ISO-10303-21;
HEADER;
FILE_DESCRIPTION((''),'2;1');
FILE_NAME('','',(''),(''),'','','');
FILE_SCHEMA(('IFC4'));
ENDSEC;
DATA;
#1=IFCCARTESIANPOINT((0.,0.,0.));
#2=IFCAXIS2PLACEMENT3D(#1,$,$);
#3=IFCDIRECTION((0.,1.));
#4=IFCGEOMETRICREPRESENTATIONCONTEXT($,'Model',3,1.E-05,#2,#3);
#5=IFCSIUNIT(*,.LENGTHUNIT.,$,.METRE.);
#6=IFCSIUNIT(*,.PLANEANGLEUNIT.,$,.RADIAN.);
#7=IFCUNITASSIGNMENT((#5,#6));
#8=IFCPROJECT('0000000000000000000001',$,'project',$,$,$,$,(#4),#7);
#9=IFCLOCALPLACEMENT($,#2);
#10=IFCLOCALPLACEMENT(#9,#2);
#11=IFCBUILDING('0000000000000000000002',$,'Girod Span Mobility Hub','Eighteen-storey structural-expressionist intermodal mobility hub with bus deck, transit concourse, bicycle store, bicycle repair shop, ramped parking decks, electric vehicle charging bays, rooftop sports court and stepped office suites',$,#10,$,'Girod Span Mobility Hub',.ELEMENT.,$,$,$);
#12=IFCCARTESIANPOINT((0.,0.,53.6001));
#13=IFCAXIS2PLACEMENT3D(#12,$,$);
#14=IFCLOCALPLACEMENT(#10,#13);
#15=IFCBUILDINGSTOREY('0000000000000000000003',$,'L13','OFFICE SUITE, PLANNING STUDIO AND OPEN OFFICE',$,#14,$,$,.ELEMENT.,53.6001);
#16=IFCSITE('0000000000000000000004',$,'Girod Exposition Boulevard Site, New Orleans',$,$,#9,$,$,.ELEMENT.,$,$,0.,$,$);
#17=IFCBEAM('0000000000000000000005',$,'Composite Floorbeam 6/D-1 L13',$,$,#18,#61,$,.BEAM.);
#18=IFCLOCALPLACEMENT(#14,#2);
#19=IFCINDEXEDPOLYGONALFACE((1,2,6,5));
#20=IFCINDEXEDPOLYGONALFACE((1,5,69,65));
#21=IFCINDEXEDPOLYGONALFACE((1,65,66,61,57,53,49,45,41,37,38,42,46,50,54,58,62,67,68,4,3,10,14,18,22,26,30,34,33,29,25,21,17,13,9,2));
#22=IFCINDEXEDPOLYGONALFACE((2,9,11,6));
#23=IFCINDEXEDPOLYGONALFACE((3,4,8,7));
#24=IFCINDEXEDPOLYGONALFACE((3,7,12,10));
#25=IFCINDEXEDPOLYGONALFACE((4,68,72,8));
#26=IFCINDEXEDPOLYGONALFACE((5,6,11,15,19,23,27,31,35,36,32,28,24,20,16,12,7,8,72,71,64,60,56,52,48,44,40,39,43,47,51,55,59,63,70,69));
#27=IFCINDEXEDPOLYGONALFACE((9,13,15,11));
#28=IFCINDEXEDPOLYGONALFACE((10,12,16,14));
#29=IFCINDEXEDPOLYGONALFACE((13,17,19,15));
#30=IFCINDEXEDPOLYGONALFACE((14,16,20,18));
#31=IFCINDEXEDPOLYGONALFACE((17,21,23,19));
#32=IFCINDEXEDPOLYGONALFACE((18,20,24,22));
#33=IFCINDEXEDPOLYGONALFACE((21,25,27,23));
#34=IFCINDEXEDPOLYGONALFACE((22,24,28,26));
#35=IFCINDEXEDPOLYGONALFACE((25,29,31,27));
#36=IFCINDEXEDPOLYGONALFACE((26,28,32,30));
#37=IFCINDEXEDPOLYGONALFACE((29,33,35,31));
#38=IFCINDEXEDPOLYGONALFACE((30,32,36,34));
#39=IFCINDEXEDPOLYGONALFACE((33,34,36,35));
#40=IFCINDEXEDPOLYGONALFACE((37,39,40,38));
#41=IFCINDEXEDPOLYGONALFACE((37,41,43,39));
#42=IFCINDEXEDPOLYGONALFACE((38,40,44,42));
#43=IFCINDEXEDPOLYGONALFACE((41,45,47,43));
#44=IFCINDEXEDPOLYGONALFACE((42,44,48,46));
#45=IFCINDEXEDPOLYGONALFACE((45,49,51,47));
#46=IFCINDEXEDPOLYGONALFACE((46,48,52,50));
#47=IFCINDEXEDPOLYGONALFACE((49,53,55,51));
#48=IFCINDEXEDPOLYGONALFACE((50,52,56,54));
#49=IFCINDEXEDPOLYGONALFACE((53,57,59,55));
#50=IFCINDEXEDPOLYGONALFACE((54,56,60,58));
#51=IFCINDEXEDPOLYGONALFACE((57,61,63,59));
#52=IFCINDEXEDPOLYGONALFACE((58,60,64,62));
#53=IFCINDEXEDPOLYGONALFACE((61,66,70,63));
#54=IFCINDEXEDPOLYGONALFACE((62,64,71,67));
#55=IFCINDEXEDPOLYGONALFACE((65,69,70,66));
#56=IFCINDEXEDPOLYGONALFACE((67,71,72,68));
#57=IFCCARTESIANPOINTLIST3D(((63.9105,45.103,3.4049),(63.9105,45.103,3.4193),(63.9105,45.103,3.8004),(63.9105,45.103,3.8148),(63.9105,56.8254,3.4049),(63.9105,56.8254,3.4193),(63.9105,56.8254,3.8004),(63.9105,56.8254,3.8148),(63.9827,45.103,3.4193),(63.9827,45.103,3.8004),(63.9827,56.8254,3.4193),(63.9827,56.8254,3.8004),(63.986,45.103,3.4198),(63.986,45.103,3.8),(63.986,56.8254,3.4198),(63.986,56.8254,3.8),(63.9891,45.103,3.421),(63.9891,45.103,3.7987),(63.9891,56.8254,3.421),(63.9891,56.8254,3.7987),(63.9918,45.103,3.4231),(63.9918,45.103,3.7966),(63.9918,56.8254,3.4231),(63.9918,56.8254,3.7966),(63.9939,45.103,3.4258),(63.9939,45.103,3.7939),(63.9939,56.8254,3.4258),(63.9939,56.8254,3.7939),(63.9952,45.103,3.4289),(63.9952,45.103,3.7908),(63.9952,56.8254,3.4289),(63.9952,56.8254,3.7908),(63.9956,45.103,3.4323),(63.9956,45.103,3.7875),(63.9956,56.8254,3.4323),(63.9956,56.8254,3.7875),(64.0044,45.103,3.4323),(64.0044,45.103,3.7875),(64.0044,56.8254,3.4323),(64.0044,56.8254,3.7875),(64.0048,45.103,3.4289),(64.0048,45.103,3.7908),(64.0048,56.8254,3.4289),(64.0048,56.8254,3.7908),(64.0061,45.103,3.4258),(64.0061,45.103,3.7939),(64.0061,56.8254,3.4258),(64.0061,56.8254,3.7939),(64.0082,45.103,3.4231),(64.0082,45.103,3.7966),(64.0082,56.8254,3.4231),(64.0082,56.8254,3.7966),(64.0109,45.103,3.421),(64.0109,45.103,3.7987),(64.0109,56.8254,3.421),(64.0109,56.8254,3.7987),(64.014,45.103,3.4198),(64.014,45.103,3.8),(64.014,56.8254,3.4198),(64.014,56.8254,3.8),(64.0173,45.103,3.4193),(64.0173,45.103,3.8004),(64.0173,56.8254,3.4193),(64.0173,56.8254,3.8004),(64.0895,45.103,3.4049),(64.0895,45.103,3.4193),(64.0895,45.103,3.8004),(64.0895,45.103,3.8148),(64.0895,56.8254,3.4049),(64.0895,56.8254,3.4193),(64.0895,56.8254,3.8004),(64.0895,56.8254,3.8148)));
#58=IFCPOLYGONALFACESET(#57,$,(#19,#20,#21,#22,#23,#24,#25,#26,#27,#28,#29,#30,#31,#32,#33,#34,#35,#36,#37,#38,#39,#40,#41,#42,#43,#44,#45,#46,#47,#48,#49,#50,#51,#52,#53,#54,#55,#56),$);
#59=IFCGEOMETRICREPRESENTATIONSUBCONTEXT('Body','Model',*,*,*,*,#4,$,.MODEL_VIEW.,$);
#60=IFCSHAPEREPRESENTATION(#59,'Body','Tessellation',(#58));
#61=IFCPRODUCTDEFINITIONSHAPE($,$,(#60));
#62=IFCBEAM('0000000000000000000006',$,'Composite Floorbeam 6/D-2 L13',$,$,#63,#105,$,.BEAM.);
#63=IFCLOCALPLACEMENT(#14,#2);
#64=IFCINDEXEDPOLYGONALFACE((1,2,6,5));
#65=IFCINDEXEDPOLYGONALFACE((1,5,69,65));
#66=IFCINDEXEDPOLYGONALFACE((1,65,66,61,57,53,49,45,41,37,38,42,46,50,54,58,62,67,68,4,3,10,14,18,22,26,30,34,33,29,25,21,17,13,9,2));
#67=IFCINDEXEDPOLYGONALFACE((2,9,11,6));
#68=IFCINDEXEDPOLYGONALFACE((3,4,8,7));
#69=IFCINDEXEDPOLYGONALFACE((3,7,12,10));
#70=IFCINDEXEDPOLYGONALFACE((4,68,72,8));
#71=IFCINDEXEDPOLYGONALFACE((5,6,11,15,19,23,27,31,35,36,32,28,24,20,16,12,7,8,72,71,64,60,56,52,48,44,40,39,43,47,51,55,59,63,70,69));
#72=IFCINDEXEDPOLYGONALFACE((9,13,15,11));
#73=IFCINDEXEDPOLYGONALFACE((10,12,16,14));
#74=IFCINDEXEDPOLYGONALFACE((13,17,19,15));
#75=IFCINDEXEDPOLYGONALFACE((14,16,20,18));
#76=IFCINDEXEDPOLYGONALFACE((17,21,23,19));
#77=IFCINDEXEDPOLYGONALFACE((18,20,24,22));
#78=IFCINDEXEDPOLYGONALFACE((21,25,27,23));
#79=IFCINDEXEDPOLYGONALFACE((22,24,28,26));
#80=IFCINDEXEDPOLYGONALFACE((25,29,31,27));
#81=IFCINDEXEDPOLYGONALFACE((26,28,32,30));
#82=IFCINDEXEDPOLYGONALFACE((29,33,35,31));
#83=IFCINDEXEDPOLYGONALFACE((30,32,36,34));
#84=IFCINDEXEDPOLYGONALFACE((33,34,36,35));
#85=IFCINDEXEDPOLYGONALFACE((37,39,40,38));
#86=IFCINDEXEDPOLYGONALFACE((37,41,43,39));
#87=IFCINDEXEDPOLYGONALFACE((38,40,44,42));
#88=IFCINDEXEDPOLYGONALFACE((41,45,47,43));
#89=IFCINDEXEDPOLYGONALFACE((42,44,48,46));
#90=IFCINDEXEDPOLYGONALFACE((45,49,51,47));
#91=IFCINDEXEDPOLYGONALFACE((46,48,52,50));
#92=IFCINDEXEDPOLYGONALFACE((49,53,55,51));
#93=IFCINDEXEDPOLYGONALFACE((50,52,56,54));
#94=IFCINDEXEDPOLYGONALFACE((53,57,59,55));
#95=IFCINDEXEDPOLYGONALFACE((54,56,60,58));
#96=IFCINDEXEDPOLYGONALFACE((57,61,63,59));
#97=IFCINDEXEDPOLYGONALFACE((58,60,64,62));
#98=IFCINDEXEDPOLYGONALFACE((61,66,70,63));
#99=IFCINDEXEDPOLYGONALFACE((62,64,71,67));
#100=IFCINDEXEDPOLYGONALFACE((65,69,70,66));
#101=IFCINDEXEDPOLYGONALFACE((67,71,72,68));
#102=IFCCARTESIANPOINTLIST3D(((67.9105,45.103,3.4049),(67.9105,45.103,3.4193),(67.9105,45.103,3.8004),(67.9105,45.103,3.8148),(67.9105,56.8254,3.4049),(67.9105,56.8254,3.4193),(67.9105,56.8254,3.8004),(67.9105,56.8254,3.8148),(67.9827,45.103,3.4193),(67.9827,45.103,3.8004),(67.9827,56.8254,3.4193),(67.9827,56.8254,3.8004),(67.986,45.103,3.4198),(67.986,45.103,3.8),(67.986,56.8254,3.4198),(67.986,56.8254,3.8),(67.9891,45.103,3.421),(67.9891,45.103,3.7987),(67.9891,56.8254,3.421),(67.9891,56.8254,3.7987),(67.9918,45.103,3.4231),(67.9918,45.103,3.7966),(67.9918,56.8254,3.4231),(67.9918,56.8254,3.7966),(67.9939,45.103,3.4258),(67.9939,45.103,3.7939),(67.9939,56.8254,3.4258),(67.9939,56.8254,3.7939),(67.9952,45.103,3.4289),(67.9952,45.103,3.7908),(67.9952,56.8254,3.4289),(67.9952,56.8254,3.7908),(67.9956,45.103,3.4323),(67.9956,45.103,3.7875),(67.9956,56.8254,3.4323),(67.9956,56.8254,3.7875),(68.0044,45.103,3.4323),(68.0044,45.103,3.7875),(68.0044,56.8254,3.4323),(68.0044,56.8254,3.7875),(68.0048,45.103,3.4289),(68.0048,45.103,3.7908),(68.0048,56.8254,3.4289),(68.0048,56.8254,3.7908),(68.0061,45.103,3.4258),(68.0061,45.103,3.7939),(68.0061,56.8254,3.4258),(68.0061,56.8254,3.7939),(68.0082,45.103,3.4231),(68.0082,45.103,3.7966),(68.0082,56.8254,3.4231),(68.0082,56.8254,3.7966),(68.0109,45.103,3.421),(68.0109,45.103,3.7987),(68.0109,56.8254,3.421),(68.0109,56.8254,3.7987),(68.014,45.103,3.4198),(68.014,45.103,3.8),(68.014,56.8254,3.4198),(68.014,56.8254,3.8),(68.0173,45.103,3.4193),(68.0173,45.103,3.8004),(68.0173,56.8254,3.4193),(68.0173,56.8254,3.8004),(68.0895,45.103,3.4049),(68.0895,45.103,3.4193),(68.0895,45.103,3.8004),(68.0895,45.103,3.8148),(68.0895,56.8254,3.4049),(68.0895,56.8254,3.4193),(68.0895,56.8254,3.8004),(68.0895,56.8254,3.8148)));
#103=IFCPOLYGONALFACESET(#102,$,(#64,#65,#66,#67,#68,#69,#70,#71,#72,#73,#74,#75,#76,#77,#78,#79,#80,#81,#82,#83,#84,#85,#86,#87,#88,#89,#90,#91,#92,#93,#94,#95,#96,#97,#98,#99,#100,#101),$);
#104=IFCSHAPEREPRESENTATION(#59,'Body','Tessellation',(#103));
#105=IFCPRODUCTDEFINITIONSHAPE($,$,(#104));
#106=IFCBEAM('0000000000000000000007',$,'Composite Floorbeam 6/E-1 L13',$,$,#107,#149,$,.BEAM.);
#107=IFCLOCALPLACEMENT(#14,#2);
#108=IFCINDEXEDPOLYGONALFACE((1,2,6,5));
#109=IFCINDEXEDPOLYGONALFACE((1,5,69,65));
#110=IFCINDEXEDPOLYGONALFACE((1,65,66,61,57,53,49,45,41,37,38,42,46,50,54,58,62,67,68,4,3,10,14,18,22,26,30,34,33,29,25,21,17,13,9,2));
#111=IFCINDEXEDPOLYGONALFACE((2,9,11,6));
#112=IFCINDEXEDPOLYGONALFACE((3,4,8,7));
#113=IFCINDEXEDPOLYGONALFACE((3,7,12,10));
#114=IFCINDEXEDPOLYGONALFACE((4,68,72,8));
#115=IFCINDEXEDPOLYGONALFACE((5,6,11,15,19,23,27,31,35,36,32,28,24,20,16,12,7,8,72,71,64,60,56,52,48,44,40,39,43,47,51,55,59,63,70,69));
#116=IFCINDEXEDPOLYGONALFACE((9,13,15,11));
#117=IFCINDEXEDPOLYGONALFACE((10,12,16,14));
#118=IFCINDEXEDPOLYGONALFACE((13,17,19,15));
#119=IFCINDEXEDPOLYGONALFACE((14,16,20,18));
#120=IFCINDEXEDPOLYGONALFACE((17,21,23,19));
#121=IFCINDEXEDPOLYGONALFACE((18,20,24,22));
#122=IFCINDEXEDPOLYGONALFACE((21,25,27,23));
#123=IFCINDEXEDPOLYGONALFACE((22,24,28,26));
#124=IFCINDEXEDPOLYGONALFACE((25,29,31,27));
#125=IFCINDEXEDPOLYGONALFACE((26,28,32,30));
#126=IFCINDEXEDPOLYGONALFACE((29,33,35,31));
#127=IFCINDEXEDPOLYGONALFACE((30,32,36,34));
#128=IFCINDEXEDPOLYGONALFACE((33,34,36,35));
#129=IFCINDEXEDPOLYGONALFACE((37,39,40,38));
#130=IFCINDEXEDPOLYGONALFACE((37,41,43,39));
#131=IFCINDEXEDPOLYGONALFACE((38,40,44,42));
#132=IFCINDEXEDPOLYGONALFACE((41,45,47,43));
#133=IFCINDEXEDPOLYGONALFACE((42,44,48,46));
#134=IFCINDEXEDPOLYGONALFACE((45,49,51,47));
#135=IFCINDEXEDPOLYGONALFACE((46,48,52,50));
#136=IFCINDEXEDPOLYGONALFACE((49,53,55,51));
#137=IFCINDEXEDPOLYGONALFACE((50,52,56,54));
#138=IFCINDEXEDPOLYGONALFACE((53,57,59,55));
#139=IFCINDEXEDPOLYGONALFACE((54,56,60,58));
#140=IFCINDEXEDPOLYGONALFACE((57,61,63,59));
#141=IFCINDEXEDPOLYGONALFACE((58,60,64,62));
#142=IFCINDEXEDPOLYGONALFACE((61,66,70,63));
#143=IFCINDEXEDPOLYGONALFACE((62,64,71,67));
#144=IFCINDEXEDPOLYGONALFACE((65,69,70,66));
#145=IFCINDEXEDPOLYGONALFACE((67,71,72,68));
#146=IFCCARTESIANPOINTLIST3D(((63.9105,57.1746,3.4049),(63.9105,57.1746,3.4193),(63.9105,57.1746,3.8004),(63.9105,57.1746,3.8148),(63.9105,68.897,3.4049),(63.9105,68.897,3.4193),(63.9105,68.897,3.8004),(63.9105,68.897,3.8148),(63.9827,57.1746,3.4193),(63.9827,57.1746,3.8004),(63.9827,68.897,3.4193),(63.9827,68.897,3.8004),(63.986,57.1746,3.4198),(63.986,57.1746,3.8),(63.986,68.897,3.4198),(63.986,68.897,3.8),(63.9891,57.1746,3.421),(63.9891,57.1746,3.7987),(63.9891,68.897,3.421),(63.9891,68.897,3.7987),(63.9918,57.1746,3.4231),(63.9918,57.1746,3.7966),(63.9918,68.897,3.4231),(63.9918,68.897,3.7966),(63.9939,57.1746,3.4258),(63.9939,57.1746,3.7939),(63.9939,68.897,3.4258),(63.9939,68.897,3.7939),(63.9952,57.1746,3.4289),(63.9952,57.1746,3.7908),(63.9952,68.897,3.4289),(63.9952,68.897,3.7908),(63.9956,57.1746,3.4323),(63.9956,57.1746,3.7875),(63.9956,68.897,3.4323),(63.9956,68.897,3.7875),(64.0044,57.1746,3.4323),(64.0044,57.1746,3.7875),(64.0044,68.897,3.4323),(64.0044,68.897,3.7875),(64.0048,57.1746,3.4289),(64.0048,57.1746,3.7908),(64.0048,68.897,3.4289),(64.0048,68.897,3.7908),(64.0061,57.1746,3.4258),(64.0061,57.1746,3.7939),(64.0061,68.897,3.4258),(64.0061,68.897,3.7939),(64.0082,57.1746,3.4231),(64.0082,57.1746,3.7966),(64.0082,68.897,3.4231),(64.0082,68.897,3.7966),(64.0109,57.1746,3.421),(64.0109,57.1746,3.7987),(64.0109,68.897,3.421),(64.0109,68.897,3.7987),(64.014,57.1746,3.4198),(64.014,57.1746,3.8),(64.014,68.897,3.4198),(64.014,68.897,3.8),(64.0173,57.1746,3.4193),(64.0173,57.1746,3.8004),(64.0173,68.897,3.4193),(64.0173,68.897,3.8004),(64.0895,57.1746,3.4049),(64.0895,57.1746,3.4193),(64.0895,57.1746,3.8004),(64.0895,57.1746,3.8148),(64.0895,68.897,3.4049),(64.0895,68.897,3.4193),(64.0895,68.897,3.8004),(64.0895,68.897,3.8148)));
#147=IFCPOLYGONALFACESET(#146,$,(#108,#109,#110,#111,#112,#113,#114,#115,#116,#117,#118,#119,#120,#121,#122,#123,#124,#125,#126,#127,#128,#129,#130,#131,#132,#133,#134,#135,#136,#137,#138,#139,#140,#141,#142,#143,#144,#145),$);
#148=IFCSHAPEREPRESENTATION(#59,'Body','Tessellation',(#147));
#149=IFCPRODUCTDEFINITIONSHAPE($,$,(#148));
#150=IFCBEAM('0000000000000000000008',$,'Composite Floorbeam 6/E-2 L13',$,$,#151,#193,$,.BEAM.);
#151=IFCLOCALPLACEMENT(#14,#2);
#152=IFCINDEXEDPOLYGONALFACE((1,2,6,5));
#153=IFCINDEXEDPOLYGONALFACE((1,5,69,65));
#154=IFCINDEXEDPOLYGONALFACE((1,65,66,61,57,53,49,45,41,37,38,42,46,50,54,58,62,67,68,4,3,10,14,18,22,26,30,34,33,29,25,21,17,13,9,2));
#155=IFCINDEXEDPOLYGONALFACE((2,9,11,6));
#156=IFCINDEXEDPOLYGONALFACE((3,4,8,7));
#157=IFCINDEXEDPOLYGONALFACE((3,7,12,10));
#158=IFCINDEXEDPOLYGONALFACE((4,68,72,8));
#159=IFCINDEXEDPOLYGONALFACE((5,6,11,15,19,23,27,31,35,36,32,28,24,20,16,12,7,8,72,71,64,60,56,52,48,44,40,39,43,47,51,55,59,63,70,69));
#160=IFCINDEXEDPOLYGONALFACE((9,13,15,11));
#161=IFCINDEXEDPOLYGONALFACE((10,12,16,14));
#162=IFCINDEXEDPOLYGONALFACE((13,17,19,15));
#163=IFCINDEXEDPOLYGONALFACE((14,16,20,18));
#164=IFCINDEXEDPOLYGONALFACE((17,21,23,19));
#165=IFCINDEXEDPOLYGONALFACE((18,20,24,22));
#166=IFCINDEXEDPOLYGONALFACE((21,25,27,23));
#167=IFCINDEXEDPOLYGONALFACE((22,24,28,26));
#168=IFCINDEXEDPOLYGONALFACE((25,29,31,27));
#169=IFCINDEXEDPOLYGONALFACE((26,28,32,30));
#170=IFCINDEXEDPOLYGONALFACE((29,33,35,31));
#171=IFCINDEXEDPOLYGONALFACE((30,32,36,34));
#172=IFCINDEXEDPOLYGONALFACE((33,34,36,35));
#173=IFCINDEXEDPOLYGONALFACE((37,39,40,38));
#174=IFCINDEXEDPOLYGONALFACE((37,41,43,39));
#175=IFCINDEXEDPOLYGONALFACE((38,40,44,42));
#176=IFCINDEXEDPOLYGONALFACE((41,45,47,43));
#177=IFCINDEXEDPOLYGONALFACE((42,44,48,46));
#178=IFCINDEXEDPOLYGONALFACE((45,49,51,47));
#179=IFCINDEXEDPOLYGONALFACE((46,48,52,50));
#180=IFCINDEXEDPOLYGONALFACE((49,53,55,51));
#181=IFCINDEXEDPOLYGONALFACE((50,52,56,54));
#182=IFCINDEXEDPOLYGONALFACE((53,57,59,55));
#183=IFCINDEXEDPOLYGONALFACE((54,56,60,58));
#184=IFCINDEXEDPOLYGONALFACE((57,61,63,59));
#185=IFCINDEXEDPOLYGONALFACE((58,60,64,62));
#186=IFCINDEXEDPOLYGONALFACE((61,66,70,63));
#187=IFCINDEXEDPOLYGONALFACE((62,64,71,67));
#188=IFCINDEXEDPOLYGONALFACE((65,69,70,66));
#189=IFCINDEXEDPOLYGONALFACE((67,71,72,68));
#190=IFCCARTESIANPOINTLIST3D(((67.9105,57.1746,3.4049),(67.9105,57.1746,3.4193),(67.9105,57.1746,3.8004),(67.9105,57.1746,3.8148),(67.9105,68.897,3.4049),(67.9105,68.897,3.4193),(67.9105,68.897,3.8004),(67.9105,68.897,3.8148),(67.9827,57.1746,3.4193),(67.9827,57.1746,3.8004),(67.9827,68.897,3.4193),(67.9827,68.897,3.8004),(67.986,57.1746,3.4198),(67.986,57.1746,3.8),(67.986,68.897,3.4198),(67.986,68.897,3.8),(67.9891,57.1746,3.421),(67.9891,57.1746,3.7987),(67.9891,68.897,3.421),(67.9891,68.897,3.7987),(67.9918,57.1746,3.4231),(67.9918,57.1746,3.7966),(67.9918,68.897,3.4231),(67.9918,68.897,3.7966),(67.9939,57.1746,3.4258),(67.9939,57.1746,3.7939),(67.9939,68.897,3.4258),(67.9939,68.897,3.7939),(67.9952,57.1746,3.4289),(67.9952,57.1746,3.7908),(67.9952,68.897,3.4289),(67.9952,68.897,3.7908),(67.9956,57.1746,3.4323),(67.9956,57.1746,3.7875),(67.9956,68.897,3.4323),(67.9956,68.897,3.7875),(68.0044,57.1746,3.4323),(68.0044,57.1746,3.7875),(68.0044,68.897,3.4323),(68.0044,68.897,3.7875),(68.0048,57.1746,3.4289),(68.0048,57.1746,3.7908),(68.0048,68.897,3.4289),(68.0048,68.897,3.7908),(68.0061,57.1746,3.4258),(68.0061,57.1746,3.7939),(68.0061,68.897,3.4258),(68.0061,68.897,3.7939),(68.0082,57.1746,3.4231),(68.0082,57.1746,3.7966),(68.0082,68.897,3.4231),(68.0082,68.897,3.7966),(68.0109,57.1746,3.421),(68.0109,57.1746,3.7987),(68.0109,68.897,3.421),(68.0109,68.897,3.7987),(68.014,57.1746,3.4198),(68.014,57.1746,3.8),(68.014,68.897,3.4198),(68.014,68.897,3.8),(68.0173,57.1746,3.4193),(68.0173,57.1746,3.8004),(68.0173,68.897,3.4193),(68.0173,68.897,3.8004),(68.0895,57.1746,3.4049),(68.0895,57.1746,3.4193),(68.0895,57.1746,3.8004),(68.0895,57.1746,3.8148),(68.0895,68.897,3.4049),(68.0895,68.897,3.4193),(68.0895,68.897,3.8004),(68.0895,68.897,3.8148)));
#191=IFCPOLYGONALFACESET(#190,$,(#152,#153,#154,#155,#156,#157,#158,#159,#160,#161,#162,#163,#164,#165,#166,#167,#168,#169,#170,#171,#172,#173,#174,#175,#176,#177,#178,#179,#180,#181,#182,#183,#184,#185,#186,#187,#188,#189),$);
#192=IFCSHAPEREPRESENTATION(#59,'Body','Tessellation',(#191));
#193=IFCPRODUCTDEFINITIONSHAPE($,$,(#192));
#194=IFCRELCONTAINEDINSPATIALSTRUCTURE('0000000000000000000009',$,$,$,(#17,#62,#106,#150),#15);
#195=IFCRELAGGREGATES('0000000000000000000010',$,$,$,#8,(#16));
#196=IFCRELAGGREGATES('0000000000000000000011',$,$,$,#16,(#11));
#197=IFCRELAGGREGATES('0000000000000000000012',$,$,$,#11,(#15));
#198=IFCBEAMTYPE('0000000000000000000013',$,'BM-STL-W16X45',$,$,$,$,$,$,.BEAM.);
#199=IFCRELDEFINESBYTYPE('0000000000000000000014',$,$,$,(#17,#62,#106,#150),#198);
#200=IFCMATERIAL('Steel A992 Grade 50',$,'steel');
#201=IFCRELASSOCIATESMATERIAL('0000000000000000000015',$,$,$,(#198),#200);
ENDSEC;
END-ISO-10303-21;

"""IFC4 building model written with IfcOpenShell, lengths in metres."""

from ifc_helpers import new_model, si_unit, direction, frame, origin, origin_2d, place, context, subcontext, project, spatial, i_section, extrude, material, material_profile, profile_set, type_object, element, save


model = new_model("IFC4")

# Units and contexts
model_context = context("Model", 3, precision=1e-05, world=origin(), true_north=direction((0.0, 1.0)))
body_context = subcontext(model_context, "Body", "Model", "MODEL_VIEW")
ifc_project = project(units=[si_unit("LENGTHUNIT", "METRE"), si_unit("PLANEANGLEUNIT", "RADIAN")], contexts=[model_context])

# Site, building, storey
site_placement = place(None, origin())
site = spatial("IfcSite", under=ifc_project, at=site_placement, Name="Girod Exposition Boulevard Site, New Orleans", CompositionType="ELEMENT", RefElevation=0.0)
building_placement = place(site_placement, origin())
building = spatial("IfcBuilding", under=site, at=building_placement, Name="Girod Span Mobility Hub", Description="Eighteen-storey structural-expressionist intermodal mobility hub with bus deck, transit concourse, bicycle store, bicycle repair shop, ramped parking decks, electric vehicle charging bays, rooftop sports court and stepped office suites", LongName="Girod Span Mobility Hub", CompositionType="ELEMENT")
storey_placement = place(building_placement, frame((0.0, 0.0, 53.6001)))
storey = spatial("IfcBuildingStorey", under=building, at=storey_placement, Name="L13", Description="OFFICE SUITE, PLANNING STUDIO AND OPEN OFFICE", CompositionType="ELEMENT", Elevation=53.6001)

# Beams
ifc_material_1 = material(Name="Steel A992 Grade 50", Category="steel")
ifc_material_profile_1 = material_profile(ifc_material_1, i_section(OverallWidth=0.179, OverallDepth=0.4099, WebThickness=0.0088, FlangeThickness=0.0144, FilletRadius=0.0129, at=origin_2d()), Name="W16X45")
ifc_profile_set_1 = profile_set([ifc_material_profile_1], Name="Steel A992 Grade 50")
beam_type_1 = type_object("IfcBeamType", Name="BM-STL-W16X45", PredefinedType="BEAM", material=ifc_profile_set_1)
for number, where, z_axis, x_axis, name in (
    (1, (64.0, 45.103, 3.6099), (0.0, 1.0, 0.0), (-1.0, 0.0, 0.0), "Composite Floorbeam 6/D-1 L13"),
    (2, (68.0, 45.103, 3.6099), (0.0, 1.0, 0.0), (-1.0, 0.0, 0.0), "Composite Floorbeam 6/D-2 L13"),
    (3, (64.0, 57.1746, 3.6099), (0.0, 1.0, 0.0), (-1.0, 0.0, 0.0), "Composite Floorbeam 6/E-1 L13"),
    (4, (68.0, 57.1746, 3.6099), (0.0, 1.0, 0.0), (-1.0, 0.0, 0.0), "Composite Floorbeam 6/E-2 L13"),
):
    element("IfcBeam", number, at=place(storey_placement, frame(where, z_axis=z_axis, x_axis=x_axis)), inside=storey, type_object=beam_type_1, Name=name, PredefinedType="BEAM", context=body_context, shape_type="SweptSolid", body=[
        extrude(i_section(OverallWidth=0.179, OverallDepth=0.4099, WebThickness=0.0088, FlangeThickness=0.0144, FilletRadius=0.0129, at=origin_2d()), origin(), (0.0, 0.0, 1.0), 11.7224),
    ])

save(model, "model.ifc")
